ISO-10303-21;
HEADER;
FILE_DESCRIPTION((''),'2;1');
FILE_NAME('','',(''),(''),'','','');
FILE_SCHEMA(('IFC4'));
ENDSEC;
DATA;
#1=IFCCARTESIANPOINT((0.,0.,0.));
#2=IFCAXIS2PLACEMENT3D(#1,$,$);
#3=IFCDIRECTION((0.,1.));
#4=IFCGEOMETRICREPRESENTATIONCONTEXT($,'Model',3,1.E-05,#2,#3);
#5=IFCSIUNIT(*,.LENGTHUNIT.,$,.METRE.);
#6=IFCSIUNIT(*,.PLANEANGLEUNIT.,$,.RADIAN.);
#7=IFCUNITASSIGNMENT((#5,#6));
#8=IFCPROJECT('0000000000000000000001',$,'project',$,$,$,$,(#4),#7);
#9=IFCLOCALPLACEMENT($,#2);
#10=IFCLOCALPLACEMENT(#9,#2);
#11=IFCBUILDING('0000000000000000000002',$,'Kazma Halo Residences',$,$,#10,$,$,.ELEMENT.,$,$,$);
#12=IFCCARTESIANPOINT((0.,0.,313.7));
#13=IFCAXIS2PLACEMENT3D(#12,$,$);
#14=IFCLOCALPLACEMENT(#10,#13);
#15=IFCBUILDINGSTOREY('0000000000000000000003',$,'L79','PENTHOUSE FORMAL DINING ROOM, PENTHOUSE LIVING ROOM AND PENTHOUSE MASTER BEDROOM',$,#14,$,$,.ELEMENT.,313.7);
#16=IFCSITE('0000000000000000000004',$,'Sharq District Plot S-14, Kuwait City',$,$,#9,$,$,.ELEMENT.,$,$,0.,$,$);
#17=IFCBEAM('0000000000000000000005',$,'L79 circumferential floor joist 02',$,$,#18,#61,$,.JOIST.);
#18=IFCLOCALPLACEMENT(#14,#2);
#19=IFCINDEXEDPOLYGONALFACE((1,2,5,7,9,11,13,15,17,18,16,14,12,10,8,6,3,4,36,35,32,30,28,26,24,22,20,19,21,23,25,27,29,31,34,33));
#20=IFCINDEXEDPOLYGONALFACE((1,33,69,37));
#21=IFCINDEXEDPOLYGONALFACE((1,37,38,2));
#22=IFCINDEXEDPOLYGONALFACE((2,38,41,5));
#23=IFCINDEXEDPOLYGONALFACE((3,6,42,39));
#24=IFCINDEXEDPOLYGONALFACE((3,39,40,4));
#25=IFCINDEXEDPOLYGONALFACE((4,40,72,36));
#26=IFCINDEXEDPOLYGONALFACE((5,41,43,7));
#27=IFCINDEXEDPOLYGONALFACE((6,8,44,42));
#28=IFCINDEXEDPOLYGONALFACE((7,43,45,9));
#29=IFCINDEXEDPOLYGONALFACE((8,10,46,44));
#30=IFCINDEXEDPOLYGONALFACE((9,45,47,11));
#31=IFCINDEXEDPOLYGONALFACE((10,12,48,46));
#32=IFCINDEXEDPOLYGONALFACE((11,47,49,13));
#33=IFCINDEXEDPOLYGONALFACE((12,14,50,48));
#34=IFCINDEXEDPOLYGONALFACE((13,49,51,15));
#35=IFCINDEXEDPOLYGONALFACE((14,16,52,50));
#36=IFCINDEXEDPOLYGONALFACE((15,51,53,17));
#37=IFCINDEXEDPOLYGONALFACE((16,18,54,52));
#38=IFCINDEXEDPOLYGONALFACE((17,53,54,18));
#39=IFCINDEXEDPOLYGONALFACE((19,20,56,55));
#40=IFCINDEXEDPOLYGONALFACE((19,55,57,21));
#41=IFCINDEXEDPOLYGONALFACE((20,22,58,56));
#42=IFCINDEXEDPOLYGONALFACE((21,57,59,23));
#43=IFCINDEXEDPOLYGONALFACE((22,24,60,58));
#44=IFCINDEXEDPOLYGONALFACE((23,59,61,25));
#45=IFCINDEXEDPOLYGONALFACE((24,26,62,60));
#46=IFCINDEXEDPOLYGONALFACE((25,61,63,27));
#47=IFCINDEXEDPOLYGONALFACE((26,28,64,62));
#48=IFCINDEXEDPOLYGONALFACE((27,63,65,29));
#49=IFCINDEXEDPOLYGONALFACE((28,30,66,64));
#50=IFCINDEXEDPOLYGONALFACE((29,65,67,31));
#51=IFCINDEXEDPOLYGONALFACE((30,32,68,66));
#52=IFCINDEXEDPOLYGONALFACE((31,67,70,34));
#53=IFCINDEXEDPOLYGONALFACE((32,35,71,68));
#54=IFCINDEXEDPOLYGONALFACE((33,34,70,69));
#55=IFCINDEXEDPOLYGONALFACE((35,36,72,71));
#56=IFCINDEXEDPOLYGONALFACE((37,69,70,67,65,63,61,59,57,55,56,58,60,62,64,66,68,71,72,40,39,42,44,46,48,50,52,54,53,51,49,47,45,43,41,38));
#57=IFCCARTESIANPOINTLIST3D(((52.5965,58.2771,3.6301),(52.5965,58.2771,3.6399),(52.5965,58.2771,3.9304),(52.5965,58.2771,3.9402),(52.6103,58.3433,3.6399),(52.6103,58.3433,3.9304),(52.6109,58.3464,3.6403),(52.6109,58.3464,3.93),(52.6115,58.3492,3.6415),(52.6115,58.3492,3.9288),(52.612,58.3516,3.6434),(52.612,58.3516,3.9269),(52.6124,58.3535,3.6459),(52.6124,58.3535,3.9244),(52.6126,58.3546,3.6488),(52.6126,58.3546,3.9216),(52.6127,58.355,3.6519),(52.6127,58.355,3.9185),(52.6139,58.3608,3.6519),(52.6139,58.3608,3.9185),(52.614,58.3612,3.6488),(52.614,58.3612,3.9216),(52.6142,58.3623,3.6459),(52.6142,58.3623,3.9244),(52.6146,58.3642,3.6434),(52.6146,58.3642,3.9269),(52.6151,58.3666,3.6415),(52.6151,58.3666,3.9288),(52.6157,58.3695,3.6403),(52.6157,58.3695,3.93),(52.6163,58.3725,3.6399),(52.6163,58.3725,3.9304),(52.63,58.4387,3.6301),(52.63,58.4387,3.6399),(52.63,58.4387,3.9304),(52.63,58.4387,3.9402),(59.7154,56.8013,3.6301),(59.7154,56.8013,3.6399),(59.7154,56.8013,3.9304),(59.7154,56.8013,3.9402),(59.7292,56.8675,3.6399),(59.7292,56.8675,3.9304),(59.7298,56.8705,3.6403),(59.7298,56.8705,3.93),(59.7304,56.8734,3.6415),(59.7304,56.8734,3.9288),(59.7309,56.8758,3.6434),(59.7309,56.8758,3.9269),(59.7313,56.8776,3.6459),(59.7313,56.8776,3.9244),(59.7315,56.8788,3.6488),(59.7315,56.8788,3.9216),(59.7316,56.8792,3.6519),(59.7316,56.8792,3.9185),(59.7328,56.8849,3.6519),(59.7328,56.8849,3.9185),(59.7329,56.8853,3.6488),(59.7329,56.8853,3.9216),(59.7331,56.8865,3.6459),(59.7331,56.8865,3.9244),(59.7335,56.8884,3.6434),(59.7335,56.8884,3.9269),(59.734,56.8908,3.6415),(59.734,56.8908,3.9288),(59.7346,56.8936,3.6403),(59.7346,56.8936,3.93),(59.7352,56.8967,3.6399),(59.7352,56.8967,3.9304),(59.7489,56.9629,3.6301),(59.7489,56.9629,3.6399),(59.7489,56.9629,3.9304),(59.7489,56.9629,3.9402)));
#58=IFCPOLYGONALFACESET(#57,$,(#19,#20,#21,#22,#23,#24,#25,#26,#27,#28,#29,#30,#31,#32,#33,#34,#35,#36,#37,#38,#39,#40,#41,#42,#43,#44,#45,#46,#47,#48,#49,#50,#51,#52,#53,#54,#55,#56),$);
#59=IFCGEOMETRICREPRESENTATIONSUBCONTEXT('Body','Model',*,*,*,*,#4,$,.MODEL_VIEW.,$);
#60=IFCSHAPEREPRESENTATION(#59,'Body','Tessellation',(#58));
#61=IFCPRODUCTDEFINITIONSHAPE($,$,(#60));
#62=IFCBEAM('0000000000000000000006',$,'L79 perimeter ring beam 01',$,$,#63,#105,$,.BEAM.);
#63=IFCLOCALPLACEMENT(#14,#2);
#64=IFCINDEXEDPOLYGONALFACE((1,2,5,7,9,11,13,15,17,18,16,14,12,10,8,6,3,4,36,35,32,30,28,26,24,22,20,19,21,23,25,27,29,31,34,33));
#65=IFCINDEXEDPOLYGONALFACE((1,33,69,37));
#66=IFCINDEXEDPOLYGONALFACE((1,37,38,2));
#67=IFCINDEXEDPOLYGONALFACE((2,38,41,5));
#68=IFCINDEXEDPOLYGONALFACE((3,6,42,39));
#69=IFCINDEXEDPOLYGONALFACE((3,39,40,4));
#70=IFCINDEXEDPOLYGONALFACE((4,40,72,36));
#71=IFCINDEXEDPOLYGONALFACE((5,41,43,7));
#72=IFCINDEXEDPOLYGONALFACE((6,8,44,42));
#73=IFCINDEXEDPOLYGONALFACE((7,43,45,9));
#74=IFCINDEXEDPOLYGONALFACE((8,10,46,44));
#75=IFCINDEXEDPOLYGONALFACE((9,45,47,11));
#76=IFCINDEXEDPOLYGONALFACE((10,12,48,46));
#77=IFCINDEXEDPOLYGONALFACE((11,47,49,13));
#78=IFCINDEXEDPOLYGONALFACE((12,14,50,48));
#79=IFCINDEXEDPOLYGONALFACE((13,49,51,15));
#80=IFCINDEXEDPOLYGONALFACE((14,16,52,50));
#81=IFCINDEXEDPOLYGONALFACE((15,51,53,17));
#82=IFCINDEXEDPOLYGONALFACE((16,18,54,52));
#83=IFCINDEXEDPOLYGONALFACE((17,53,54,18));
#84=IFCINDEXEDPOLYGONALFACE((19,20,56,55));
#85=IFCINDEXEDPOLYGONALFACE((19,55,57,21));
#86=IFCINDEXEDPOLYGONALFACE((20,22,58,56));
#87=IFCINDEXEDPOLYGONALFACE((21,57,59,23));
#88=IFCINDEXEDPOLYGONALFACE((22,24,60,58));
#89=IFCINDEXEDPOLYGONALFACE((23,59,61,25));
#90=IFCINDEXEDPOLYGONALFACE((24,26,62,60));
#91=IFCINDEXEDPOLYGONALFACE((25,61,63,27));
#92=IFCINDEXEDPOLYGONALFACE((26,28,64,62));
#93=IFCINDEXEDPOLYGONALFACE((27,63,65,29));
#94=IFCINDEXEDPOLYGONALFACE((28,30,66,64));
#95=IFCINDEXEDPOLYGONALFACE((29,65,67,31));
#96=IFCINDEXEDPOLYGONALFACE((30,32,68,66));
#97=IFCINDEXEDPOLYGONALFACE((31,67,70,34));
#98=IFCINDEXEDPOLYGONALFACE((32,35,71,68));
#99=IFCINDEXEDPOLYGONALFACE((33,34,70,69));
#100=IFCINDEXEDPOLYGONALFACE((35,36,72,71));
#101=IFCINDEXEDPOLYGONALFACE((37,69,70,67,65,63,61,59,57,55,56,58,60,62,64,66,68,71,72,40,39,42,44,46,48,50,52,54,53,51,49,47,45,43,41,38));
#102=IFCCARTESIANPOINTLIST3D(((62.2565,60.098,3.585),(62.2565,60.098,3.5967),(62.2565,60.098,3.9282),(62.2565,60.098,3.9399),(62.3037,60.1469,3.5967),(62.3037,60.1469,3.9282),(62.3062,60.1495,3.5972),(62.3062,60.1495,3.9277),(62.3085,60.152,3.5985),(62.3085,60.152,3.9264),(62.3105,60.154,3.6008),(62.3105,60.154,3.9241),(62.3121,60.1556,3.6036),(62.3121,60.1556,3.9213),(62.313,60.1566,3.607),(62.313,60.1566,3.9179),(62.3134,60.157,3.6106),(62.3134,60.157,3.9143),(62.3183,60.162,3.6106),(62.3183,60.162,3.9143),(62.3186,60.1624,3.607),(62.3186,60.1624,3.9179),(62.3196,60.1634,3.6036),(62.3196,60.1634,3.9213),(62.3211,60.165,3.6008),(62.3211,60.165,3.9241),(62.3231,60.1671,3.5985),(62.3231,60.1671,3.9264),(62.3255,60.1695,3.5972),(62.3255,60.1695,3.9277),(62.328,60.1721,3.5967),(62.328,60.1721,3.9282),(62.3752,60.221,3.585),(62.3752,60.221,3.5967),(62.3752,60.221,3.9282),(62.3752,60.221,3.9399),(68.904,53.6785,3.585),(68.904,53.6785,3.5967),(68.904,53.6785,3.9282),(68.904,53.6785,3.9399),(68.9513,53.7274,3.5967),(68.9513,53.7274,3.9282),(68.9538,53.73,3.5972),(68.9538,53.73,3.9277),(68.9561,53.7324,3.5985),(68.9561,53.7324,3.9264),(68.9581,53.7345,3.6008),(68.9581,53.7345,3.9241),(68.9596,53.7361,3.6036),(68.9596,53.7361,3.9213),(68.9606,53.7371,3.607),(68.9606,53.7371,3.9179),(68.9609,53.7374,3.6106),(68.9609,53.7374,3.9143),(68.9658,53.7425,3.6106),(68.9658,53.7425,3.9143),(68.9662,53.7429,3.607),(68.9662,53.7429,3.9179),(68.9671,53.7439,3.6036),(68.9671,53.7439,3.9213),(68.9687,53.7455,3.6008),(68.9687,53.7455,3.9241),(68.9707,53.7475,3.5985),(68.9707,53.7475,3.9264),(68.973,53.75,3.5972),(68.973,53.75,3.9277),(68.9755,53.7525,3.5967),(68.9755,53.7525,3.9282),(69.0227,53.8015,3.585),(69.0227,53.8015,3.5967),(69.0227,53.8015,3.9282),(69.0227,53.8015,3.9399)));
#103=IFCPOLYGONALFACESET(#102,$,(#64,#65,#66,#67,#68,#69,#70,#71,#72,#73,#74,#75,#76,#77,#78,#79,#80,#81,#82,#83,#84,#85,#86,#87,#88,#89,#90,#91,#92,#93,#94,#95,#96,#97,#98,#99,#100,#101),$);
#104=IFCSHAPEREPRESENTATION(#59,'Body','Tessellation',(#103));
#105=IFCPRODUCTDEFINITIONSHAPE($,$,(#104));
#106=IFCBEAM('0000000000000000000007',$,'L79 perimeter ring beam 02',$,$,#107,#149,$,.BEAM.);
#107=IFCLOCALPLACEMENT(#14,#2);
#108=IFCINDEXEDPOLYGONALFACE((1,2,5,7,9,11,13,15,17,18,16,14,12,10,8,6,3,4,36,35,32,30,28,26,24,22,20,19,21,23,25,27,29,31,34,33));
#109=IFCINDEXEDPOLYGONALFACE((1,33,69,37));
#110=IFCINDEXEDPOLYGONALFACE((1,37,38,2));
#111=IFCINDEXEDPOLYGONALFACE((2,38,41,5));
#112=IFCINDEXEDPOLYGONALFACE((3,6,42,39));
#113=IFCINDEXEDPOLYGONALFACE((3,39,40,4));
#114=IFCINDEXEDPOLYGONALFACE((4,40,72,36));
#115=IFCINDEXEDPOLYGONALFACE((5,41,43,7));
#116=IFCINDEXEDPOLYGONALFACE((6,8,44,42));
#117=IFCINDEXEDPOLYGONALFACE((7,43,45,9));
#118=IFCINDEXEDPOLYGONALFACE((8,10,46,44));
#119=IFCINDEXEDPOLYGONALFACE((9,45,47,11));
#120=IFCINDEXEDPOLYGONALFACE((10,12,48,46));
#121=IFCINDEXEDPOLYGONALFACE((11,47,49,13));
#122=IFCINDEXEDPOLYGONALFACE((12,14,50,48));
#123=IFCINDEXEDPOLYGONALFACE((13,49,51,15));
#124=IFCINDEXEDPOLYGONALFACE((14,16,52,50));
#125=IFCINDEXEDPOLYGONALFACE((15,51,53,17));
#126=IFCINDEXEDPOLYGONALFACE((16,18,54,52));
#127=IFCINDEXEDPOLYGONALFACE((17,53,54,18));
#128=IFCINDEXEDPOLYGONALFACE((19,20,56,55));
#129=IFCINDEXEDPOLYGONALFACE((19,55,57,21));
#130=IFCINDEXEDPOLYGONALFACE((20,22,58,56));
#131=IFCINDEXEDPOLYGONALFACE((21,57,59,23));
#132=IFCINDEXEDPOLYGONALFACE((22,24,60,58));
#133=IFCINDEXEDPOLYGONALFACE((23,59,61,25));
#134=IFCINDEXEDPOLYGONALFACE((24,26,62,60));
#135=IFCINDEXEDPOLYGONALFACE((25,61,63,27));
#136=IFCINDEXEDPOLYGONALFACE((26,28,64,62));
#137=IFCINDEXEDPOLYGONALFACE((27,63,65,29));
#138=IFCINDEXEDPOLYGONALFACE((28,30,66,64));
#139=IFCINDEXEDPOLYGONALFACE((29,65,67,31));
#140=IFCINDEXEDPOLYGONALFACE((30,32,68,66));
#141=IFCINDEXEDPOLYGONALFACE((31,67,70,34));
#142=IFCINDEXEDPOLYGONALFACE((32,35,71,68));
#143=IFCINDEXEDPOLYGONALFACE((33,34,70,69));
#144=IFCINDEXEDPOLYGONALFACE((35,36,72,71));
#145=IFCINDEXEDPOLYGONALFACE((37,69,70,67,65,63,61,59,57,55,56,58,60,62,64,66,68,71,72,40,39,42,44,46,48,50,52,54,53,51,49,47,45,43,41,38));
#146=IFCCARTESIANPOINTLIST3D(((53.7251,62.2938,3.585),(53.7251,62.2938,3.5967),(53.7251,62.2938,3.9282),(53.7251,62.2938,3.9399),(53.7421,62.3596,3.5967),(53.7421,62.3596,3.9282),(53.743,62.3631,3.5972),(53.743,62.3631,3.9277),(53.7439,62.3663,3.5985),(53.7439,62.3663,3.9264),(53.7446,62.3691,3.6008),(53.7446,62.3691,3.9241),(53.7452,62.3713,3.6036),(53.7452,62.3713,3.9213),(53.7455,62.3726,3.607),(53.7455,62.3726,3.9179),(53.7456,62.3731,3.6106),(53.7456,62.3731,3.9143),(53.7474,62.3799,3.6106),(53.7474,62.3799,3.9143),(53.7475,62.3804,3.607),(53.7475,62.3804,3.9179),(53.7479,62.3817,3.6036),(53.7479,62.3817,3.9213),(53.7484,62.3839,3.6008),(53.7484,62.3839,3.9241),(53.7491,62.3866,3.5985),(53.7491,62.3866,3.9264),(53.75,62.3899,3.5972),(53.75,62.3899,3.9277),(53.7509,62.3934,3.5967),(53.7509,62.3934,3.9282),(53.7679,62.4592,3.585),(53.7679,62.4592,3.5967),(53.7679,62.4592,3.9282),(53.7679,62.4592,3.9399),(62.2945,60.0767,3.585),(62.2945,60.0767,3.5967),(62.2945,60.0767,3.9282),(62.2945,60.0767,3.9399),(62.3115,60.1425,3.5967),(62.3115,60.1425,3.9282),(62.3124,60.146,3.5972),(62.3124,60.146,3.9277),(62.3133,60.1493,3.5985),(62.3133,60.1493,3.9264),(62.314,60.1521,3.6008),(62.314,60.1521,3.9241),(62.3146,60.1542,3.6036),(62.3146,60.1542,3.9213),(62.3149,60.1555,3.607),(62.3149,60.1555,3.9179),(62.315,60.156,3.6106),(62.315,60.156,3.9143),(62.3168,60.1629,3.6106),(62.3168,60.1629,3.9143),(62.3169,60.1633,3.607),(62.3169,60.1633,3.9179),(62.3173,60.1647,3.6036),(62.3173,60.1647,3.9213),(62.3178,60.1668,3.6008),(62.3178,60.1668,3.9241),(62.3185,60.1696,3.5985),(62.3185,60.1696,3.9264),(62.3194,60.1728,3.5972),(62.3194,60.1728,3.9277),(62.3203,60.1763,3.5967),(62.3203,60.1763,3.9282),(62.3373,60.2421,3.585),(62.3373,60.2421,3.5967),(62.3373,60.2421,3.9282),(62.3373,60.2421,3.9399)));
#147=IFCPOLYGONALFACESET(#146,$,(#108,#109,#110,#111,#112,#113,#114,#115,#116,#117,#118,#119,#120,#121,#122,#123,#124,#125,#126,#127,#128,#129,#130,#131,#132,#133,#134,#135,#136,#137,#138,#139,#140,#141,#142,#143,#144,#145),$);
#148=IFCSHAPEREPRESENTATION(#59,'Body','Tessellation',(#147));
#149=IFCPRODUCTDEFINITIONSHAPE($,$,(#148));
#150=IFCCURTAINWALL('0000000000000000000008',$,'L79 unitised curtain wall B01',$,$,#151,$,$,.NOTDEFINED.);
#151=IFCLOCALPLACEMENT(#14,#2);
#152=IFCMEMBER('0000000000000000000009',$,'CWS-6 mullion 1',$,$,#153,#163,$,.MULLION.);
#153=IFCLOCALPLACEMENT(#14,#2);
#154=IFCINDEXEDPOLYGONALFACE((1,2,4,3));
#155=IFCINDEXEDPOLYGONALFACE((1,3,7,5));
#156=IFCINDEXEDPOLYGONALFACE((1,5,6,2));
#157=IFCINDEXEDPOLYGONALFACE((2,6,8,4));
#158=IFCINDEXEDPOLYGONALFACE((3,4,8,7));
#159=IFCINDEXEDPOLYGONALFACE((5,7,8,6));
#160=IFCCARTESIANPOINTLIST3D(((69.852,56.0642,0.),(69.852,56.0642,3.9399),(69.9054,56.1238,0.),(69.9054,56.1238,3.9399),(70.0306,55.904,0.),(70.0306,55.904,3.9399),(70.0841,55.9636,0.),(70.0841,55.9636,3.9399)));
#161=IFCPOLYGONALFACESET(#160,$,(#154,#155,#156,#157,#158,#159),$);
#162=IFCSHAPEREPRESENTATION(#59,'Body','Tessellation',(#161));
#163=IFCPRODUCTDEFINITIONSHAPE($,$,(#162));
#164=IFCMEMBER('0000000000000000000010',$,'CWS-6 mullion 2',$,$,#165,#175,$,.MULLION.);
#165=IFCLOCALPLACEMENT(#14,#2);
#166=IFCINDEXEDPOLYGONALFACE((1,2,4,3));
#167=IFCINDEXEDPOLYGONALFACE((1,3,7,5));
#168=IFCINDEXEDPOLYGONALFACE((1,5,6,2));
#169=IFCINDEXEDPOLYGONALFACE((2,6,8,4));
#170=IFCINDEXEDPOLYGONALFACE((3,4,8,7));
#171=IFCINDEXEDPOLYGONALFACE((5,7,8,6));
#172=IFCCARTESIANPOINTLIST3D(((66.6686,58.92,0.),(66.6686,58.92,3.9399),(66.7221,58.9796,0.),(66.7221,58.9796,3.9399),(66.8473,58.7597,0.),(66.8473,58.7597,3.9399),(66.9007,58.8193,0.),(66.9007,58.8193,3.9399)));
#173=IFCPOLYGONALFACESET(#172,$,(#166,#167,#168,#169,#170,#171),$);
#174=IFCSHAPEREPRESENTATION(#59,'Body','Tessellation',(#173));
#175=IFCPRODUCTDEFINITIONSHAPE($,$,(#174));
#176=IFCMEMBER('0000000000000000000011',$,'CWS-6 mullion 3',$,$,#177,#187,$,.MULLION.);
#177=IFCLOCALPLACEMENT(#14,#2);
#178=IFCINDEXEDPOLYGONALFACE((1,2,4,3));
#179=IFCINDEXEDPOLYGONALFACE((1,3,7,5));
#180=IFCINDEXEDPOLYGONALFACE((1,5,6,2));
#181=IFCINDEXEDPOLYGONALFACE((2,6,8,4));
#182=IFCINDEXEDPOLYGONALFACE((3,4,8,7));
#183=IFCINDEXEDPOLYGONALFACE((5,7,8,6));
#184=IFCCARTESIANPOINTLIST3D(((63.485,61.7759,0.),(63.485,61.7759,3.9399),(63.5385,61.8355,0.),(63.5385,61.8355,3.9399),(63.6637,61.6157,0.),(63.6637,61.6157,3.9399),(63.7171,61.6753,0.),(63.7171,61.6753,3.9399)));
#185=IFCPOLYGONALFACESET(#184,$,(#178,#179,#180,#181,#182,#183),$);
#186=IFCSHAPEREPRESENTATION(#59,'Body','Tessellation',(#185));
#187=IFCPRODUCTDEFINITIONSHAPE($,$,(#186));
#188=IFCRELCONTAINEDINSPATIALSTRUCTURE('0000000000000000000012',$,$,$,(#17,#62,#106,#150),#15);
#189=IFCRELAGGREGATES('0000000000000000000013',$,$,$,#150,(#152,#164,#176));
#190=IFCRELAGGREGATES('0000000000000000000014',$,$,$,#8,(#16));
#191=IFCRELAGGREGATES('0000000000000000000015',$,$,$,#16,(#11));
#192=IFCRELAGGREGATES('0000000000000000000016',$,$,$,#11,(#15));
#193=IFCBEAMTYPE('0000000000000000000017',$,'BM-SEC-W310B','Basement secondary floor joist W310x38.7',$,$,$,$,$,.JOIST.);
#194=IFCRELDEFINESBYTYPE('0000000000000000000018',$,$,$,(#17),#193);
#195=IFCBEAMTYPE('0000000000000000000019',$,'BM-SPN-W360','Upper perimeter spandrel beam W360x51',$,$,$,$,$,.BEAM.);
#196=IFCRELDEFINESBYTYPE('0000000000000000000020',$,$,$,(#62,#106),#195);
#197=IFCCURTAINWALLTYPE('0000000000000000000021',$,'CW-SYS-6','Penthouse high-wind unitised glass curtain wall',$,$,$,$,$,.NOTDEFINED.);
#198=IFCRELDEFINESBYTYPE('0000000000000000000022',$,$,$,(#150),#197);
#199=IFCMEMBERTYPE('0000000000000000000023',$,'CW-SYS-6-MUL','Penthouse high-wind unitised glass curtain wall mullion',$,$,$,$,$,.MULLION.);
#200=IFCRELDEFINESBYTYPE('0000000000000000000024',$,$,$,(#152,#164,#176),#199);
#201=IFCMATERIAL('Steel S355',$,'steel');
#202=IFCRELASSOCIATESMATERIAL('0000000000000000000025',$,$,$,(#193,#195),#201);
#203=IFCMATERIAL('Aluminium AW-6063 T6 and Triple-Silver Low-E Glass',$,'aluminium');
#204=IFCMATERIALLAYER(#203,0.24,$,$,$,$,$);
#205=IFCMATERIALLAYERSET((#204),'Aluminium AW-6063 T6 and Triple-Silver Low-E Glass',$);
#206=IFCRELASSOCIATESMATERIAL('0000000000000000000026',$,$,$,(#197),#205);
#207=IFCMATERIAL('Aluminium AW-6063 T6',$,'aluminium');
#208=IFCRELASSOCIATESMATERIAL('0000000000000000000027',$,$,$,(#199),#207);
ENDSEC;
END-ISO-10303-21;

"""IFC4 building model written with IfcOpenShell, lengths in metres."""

from ifc_helpers import new_model, si_unit, direction, frame, origin, origin_2d, place, context, subcontext, project, spatial, rectangle, i_section, extrude, material, layer, layer_set, material_profile, profile_set, type_object, element, aggregate, save


model = new_model("IFC4")

# Units and contexts
model_context = context("Model", 3, precision=1e-05, world=origin(), true_north=direction((0.0, 1.0)))
body_context = subcontext(model_context, "Body", "Model", "MODEL_VIEW")
ifc_project = project(units=[si_unit("LENGTHUNIT", "METRE"), si_unit("PLANEANGLEUNIT", "RADIAN")], contexts=[model_context])

# Site, building, storey
site_placement = place(None, origin())
site = spatial("IfcSite", under=ifc_project, at=site_placement, Name="Sharq District Plot S-14, Kuwait City", CompositionType="ELEMENT", RefElevation=0.0)
building_placement = place(site_placement, origin())
building = spatial("IfcBuilding", under=site, at=building_placement, Name="Kazma Halo Residences", CompositionType="ELEMENT")
storey_placement = place(building_placement, frame((0.0, 0.0, 313.7)))
storey = spatial("IfcBuildingStorey", under=building, at=storey_placement, Name="L79", Description="PENTHOUSE FORMAL DINING ROOM, PENTHOUSE LIVING ROOM AND PENTHOUSE MASTER BEDROOM", CompositionType="ELEMENT", Elevation=313.7)

# Beams
ifc_material_1 = material(Name="Steel S355", Category="steel")
ifc_material_profile_1 = material_profile(ifc_material_1, i_section(OverallWidth=0.165, OverallDepth=0.3101, WebThickness=0.0059, FlangeThickness=0.0098, FilletRadius=0.012, at=origin_2d()), Name="W310x38.7")
ifc_profile_set_1 = profile_set([ifc_material_profile_1], Name="Steel S355")
beam_type_1 = type_object("IfcBeamType", Name="BM-SEC-W310B", Description="Basement secondary floor joist W310x38.7", PredefinedType="JOIST", material=ifc_profile_set_1)
beam_1_placement = place(storey_placement, frame((59.7322, 56.8821, 3.7852), z_axis=(-0.97918, 0.202995, 0.0), x_axis=(-0.202995, -0.97918, 0.0)))
element("IfcBeam", 1, at=beam_1_placement, inside=storey, type_object=beam_type_1, Name="L79 circumferential floor joist 02", PredefinedType="JOIST", context=body_context, shape_type="SweptSolid", body=[
    extrude(i_section(OverallWidth=0.165, OverallDepth=0.3101, WebThickness=0.0059, FlangeThickness=0.0098, FilletRadius=0.012, at=origin_2d()), origin(), (0.0, 0.0, 1.0), 7.2703),
])
ifc_material_profile_2 = material_profile(ifc_material_1, i_section(OverallWidth=0.1709, OverallDepth=0.355, WebThickness=0.0071, FlangeThickness=0.0117, FilletRadius=0.0139, at=origin_2d()), Name="W360x51")
ifc_profile_set_2 = profile_set([ifc_material_profile_2], Name="Steel S355")
beam_type_2 = type_object("IfcBeamType", Name="BM-SPN-W360", Description="Upper perimeter spandrel beam W360x51", PredefinedType="BEAM", material=ifc_profile_set_2)
beam_2_placement = place(storey_placement, frame((68.9634, 53.74, 3.7625), z_axis=(-0.719337, 0.694661, 0.0), x_axis=(-0.694661, -0.719337, 0.0)))
element("IfcBeam", 2, at=beam_2_placement, inside=storey, type_object=beam_type_2, Name="L79 perimeter ring beam 01", PredefinedType="BEAM", context=body_context, shape_type="SweptSolid", body=[
    extrude(i_section(OverallWidth=0.1709, OverallDepth=0.355, WebThickness=0.0071, FlangeThickness=0.0117, FilletRadius=0.0139, at=origin_2d()), origin(), (0.0, 0.0, 1.0), 9.2412),
])
beam_3_placement = place(storey_placement, frame((62.3159, 60.1594, 3.7625), z_axis=(-0.968124, 0.250471, 0.0), x_axis=(-0.250471, -0.968124, 0.0)))
element("IfcBeam", 3, at=beam_3_placement, inside=storey, type_object=beam_type_2, Name="L79 perimeter ring beam 02", PredefinedType="BEAM", context=body_context, shape_type="SweptSolid", body=[
    extrude(i_section(OverallWidth=0.1709, OverallDepth=0.355, WebThickness=0.0071, FlangeThickness=0.0117, FilletRadius=0.0139, at=origin_2d()), origin(), (0.0, 0.0, 1.0), 8.8516),
])

# Curtain wall, members
ifc_material_2 = material(Name="Aluminium AW-6063 T6 and Triple-Silver Low-E Glass", Category="aluminium")
ifc_layer_1 = layer(ifc_material_2, 0.24)
ifc_layer_set_1 = layer_set([ifc_layer_1], Name="Aluminium AW-6063 T6 and Triple-Silver Low-E Glass")
curtain_wall_type = type_object("IfcCurtainWallType", Name="CW-SYS-6", Description="Penthouse high-wind unitised glass curtain wall", PredefinedType="NOTDEFINED", material=ifc_layer_set_1)
curtain_wall_1_placement = place(storey_placement, origin())
curtain_wall_1 = element("IfcCurtainWall", 4, at=curtain_wall_1_placement, inside=storey, type_object=curtain_wall_type, Name="L79 unitised curtain wall B01", PredefinedType="NOTDEFINED")
ifc_material_3 = material(Name="Aluminium AW-6063 T6", Category="aluminium")
ifc_material_profile_3 = material_profile(ifc_material_3, rectangle(XDim=0.0801, YDim=0.24, at=origin_2d()), Name="CWM-80x240")
ifc_profile_set_3 = profile_set([ifc_material_profile_3], Name="Aluminium AW-6063 T6")
member_type_1 = type_object("IfcMemberType", Name="CW-SYS-6-MUL", Description="Penthouse high-wind unitised glass curtain wall mullion", PredefinedType="MULLION", material=ifc_profile_set_3)
member_1_placement = place(storey_placement, frame((69.968, 56.0139, 0.0), z_axis=(0.0, 0.0, 1.0), x_axis=(-0.667758, -0.744379, 0.0)))
member_1 = element("IfcMember", 5, at=member_1_placement, type_object=member_type_1, Name="CWS-6 mullion 1", PredefinedType="MULLION", context=body_context, shape_type="SweptSolid", body=[
    extrude(rectangle(XDim=0.0801, YDim=0.24, at=origin_2d()), origin(), (0.0, 0.0, 1.0), 3.9399),
])
member_2_placement = place(storey_placement, frame((66.7847, 58.8696, 0.0), z_axis=(0.0, 0.0, 1.0), x_axis=(-0.667758, -0.744379, 0.0)))
member_2 = element("IfcMember", 6, at=member_2_placement, type_object=member_type_1, Name="CWS-6 mullion 2", PredefinedType="MULLION", context=body_context, shape_type="SweptSolid", body=[
    extrude(rectangle(XDim=0.0801, YDim=0.24, at=origin_2d()), origin(), (0.0, 0.0, 1.0), 3.9399),
])
member_3_placement = place(storey_placement, frame((63.6011, 61.7256, 0.0), z_axis=(0.0, 0.0, 1.0), x_axis=(-0.667758, -0.744379, 0.0)))
member_3 = element("IfcMember", 7, at=member_3_placement, type_object=member_type_1, Name="CWS-6 mullion 3", PredefinedType="MULLION", context=body_context, shape_type="SweptSolid", body=[
    extrude(rectangle(XDim=0.0801, YDim=0.24, at=origin_2d()), origin(), (0.0, 0.0, 1.0), 3.9399),
])

aggregate(curtain_wall_1, [member_1, member_2, member_3])

save(model, "model.ifc")
